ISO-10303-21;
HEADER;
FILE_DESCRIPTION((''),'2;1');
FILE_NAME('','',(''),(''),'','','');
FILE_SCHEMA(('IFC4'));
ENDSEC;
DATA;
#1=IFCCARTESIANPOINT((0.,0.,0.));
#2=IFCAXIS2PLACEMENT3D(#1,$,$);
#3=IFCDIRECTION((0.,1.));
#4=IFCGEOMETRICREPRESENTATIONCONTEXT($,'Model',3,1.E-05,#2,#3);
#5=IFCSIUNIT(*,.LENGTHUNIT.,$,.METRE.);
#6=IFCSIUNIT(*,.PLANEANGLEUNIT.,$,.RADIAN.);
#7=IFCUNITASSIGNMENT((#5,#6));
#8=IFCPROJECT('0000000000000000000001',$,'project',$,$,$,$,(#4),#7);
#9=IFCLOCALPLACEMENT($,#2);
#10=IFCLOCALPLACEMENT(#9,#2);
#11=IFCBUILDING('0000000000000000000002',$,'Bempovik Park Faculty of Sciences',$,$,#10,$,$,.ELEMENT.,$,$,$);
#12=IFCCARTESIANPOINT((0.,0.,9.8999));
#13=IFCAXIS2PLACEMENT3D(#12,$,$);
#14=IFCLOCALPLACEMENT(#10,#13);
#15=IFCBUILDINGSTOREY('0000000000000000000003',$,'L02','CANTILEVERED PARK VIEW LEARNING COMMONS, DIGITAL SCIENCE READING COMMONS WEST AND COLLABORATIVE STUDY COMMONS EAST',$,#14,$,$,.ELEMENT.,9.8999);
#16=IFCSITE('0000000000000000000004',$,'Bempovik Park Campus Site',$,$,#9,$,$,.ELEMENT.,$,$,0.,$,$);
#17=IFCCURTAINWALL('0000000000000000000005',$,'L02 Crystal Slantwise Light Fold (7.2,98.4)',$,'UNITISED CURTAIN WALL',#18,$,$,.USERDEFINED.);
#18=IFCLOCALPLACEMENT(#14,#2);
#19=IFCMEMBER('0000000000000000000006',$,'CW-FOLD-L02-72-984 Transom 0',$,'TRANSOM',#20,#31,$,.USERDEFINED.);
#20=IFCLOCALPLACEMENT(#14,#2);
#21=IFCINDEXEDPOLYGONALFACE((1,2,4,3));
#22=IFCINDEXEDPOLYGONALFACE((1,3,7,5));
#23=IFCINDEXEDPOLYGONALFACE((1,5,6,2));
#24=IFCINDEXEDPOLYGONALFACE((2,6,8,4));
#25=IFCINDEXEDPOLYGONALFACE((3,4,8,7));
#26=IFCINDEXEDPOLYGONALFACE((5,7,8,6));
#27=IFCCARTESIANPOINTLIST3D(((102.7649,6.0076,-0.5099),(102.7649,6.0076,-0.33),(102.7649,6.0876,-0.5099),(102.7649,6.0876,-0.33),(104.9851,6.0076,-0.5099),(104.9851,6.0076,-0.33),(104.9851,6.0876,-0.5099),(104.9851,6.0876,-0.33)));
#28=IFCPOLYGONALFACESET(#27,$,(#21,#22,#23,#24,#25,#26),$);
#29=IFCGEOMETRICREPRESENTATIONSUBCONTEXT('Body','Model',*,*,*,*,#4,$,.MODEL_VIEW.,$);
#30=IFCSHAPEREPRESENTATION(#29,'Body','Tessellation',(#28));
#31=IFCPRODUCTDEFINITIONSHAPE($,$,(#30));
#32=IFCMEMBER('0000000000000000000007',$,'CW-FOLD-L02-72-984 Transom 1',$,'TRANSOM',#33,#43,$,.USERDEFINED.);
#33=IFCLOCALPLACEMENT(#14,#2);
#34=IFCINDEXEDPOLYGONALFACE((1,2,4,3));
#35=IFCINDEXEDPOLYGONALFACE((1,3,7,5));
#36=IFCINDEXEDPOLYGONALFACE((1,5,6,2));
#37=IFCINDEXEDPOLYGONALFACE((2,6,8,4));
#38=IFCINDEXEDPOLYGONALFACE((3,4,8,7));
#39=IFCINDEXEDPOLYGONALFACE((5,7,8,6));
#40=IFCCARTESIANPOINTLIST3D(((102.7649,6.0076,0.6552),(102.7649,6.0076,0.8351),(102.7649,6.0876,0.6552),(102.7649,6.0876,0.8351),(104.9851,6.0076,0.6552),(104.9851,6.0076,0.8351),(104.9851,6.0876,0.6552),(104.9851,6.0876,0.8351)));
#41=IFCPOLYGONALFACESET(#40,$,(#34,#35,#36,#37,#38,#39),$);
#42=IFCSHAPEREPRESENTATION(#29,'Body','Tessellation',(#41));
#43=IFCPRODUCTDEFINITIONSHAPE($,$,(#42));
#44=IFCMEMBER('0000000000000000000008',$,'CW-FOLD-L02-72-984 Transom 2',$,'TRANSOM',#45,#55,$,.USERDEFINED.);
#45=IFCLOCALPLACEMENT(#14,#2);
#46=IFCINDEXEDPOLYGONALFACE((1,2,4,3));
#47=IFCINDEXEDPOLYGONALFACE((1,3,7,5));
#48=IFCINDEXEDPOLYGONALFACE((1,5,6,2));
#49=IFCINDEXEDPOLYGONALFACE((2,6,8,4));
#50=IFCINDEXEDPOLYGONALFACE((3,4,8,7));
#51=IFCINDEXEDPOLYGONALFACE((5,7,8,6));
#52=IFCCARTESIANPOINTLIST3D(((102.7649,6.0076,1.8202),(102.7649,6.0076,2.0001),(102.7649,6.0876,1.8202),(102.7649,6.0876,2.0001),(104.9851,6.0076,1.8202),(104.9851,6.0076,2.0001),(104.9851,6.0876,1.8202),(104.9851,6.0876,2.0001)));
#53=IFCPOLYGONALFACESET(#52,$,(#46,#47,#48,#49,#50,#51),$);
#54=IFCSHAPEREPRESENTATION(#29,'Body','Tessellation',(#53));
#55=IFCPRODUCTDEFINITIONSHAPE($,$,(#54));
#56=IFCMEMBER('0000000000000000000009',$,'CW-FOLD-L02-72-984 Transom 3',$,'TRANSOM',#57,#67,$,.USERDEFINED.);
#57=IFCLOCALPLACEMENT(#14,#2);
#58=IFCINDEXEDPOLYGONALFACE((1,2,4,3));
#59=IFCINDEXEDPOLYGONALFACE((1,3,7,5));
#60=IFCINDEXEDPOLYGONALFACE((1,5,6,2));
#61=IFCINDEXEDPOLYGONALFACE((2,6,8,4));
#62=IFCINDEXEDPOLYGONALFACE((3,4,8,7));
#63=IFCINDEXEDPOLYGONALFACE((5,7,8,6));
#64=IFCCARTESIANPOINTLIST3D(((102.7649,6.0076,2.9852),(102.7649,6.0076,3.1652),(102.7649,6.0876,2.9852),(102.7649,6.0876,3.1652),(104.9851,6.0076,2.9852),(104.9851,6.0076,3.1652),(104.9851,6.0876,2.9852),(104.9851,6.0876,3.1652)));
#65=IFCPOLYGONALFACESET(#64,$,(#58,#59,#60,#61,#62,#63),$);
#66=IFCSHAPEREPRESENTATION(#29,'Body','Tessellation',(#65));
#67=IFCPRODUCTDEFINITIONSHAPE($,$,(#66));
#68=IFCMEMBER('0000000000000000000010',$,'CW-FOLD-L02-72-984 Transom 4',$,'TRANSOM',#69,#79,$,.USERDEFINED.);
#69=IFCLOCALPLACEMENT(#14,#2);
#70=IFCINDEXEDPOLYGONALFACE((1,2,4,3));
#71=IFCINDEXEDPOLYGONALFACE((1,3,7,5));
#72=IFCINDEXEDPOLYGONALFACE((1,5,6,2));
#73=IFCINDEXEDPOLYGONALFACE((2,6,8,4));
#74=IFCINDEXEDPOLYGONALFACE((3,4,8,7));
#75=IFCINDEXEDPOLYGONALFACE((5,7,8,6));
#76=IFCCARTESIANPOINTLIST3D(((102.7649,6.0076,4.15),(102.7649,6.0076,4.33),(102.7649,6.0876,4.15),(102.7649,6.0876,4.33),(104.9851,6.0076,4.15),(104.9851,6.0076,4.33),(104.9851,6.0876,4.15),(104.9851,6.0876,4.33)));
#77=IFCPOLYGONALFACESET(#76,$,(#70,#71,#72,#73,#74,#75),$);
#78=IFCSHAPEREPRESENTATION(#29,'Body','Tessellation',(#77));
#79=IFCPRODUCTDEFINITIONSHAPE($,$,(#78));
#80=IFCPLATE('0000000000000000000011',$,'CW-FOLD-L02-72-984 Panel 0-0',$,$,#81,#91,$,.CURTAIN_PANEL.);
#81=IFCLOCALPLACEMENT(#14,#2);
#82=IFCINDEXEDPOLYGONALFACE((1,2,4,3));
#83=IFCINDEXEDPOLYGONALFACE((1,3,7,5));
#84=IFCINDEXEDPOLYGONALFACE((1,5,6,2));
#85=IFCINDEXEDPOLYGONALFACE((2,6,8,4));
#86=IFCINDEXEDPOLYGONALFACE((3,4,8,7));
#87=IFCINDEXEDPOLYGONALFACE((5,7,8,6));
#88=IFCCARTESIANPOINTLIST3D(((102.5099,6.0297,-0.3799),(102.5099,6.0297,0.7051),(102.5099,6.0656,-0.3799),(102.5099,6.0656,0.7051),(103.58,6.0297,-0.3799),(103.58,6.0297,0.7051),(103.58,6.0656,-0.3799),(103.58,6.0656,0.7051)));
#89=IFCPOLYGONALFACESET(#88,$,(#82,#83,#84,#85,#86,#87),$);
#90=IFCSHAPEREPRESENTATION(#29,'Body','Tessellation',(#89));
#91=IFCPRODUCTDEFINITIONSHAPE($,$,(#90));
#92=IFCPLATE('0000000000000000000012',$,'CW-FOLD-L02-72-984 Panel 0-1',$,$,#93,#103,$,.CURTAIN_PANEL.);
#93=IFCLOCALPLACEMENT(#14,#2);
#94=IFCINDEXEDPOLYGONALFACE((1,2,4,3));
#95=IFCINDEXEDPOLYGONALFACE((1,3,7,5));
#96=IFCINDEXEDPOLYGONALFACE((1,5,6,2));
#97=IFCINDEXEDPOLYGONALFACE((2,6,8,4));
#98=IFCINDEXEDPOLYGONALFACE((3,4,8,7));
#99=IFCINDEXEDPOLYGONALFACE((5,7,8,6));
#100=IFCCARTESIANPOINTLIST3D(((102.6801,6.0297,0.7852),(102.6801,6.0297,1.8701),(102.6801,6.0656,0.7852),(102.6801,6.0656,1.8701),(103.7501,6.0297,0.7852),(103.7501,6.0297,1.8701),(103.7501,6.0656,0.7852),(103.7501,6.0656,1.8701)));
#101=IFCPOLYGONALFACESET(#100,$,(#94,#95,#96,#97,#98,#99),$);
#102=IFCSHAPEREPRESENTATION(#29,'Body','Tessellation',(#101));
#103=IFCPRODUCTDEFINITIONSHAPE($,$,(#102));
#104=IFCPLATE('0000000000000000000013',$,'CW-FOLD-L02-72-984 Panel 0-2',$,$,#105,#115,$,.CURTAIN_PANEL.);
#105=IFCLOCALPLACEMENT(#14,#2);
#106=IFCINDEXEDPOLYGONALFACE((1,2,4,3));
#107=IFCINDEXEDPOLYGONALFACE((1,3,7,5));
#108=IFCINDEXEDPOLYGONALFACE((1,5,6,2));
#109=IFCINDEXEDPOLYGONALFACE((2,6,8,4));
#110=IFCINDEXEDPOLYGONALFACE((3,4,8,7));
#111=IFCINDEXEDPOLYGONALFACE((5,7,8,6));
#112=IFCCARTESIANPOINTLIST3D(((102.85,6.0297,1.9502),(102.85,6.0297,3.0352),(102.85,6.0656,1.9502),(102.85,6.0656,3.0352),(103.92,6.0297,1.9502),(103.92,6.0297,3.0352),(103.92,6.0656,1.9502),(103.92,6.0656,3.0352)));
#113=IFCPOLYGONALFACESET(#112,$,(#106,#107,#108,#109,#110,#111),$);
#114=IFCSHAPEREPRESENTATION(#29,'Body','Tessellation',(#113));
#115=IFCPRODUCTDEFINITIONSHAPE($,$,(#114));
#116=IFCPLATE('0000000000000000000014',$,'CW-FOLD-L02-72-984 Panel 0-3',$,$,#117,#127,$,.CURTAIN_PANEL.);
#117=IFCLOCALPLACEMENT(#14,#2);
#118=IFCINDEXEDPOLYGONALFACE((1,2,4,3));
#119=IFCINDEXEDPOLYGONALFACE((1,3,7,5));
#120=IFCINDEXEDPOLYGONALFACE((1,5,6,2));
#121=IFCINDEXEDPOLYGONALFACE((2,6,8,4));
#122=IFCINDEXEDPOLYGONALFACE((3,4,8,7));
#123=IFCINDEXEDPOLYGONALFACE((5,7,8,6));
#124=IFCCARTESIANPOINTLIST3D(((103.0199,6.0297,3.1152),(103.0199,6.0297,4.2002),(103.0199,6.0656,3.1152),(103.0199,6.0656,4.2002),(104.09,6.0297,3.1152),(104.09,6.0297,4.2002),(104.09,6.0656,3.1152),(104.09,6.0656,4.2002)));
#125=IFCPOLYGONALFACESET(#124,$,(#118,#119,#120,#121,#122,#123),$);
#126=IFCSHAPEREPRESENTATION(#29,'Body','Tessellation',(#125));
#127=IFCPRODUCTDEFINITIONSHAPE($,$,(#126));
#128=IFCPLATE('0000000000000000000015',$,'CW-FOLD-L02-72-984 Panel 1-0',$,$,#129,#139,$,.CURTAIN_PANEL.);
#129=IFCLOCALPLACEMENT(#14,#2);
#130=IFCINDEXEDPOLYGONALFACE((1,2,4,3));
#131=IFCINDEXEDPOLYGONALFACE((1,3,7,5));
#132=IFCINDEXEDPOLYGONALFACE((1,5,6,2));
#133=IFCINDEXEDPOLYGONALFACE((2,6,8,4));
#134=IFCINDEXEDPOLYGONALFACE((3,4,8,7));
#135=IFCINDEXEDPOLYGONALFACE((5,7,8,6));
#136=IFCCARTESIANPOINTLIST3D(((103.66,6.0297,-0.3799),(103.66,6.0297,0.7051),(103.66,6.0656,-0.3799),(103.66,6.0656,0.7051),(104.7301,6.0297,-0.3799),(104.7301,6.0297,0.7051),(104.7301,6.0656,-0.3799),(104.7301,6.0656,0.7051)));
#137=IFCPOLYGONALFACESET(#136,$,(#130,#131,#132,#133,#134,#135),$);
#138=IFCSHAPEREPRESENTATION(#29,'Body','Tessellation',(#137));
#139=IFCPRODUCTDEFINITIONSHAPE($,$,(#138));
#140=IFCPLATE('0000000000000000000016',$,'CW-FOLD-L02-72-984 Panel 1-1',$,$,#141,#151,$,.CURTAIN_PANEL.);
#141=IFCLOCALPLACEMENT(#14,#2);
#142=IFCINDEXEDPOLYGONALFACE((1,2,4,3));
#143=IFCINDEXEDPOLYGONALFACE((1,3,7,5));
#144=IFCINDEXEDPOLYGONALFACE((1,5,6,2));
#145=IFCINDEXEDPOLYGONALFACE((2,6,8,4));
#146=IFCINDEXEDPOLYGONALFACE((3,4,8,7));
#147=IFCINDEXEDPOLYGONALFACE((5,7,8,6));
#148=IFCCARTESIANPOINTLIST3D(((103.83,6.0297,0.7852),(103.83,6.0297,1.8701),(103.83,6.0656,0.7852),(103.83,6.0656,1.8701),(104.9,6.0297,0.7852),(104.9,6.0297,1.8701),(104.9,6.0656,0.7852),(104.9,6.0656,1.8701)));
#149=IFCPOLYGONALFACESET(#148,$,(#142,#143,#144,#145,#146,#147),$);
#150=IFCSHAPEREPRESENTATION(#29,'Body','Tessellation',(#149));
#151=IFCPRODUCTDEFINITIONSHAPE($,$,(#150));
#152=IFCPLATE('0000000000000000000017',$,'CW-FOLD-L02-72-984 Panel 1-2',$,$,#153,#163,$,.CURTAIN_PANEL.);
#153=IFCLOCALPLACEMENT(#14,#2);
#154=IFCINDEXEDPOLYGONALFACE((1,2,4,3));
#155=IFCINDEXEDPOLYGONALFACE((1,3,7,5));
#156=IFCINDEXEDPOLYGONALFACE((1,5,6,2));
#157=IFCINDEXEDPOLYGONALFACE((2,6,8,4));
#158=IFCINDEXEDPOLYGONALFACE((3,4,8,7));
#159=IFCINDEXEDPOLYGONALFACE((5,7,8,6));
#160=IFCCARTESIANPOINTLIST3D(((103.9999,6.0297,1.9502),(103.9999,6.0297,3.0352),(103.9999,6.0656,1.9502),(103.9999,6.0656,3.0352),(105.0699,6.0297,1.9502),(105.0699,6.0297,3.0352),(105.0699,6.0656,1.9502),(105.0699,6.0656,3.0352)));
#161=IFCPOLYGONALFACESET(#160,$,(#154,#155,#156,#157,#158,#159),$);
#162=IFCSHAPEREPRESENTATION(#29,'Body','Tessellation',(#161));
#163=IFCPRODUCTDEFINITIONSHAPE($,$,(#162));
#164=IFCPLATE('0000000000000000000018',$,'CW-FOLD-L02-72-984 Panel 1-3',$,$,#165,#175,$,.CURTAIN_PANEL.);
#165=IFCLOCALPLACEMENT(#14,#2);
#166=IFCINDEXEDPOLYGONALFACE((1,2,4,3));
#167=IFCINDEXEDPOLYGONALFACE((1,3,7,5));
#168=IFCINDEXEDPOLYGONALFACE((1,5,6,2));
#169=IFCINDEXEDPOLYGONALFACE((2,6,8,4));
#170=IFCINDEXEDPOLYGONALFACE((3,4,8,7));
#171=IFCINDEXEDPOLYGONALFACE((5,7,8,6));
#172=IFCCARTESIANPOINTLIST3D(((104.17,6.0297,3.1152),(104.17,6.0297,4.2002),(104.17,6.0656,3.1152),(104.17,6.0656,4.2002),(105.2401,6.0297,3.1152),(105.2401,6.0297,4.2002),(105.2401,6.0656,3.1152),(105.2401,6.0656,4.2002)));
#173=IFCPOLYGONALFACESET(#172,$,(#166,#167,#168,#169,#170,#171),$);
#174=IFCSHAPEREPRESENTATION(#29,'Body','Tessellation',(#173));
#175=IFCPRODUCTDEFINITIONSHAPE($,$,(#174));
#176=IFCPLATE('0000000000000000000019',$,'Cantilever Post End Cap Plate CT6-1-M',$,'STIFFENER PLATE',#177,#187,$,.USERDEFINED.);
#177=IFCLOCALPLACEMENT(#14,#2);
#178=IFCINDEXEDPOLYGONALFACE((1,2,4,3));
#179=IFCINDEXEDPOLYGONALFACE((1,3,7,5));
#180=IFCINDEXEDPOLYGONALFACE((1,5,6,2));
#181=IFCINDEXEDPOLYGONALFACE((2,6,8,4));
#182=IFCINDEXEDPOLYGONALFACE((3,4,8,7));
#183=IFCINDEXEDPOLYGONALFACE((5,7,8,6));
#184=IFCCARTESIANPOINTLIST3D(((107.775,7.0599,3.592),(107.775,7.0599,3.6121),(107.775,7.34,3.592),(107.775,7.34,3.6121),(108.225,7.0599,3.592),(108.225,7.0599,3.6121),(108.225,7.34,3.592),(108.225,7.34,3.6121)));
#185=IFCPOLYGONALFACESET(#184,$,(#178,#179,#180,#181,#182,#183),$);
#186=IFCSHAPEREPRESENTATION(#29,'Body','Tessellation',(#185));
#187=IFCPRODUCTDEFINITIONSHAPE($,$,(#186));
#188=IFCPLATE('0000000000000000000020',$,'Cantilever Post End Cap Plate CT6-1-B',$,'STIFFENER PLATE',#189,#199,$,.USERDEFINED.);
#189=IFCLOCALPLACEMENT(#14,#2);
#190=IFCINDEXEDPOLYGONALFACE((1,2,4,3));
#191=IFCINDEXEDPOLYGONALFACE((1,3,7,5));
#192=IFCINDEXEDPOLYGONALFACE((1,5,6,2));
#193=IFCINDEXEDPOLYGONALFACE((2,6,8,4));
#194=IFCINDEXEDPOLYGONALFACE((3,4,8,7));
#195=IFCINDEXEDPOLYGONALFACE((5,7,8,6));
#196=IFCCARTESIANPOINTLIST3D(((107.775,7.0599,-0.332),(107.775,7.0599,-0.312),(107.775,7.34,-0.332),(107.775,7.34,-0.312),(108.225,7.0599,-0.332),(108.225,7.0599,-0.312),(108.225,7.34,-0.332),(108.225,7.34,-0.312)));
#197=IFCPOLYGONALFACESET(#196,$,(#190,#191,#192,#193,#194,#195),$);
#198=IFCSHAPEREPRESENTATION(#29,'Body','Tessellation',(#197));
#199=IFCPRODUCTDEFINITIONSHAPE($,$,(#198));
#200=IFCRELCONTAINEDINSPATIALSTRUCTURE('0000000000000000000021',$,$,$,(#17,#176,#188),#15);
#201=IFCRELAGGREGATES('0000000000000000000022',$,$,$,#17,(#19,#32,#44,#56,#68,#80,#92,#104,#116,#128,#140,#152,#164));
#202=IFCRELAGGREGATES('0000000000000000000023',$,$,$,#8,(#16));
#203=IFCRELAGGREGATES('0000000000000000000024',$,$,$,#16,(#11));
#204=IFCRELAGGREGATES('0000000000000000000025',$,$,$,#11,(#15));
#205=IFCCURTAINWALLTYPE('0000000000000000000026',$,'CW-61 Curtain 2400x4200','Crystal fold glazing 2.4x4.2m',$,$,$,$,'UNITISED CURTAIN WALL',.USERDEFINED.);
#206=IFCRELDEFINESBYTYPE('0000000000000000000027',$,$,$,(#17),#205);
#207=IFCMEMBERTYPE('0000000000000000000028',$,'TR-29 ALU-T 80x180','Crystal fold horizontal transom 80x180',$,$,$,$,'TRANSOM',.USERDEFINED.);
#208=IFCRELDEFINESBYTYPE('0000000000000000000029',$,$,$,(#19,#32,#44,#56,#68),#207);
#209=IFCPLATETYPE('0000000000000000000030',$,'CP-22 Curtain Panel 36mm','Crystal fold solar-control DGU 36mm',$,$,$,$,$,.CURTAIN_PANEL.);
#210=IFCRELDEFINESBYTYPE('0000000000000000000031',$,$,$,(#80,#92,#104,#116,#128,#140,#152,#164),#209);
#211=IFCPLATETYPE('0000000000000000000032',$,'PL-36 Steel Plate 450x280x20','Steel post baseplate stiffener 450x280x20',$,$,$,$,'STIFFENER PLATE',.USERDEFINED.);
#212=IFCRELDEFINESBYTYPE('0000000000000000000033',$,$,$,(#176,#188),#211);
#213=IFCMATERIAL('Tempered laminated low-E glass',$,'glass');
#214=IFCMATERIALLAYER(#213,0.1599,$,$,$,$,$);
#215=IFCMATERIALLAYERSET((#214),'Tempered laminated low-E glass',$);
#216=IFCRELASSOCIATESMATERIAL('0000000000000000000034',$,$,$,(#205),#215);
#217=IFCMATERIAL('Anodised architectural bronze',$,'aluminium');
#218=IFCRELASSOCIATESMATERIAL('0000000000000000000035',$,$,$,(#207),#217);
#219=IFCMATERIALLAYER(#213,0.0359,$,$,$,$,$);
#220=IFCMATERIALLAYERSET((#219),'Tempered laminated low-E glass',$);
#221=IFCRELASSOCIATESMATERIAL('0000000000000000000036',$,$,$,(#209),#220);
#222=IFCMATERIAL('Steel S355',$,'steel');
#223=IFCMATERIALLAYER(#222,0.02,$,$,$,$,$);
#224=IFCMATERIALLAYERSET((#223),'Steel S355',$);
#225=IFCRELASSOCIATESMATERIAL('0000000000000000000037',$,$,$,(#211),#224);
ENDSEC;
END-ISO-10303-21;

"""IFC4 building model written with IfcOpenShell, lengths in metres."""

from ifc_helpers import new_model, si_unit, direction, frame, origin, origin_2d, place, context, subcontext, project, spatial, rectangle, extrude, material, layer, layer_set, material_profile, profile_set, type_object, element, aggregate, save


model = new_model("IFC4")

# Units and contexts
model_context = context("Model", 3, precision=1e-05, world=origin(), true_north=direction((0.0, 1.0)))
body_context = subcontext(model_context, "Body", "Model", "MODEL_VIEW")
ifc_project = project(units=[si_unit("LENGTHUNIT", "METRE"), si_unit("PLANEANGLEUNIT", "RADIAN")], contexts=[model_context])

# Site, building, storey
site_placement = place(None, origin())
site = spatial("IfcSite", under=ifc_project, at=site_placement, Name="Bempovik Park Campus Site", CompositionType="ELEMENT", RefElevation=0.0)
building_placement = place(site_placement, origin())
building = spatial("IfcBuilding", under=site, at=building_placement, Name="Bempovik Park Faculty of Sciences", CompositionType="ELEMENT")
storey_placement = place(building_placement, frame((0.0, 0.0, 9.8999)))
storey = spatial("IfcBuildingStorey", under=building, at=storey_placement, Name="L02", Description="CANTILEVERED PARK VIEW LEARNING COMMONS, DIGITAL SCIENCE READING COMMONS WEST AND COLLABORATIVE STUDY COMMONS EAST", CompositionType="ELEMENT", Elevation=9.8999)

# Shared definitions
ifc_material_1 = material(Name="Steel S355", Category="steel")

# Curtain wall, members, plates
ifc_material_2 = material(Name="Tempered laminated low-E glass", Category="glass")
ifc_layer_1 = layer(ifc_material_2, 0.1599)
ifc_layer_set_1 = layer_set([ifc_layer_1], Name="Tempered laminated low-E glass")
curtain_wall_type = type_object("IfcCurtainWallType", Name="CW-61 Curtain 2400x4200", Description="Crystal fold glazing 2.4x4.2m", ElementType="UNITISED CURTAIN WALL", PredefinedType="USERDEFINED", material=ifc_layer_set_1)
curtain_wall_placement = place(storey_placement, origin())
curtain_wall = element("IfcCurtainWall", 1, at=curtain_wall_placement, inside=storey, type_object=curtain_wall_type, Name="L02 Crystal Slantwise Light Fold (7.2,98.4)", ObjectType="UNITISED CURTAIN WALL", PredefinedType="USERDEFINED")
ifc_material_3 = material(Name="Anodised architectural bronze", Category="aluminium")
ifc_material_profile_1 = material_profile(ifc_material_3, rectangle(XDim=0.0801, YDim=0.1799, at=origin_2d()), Name="ALU-T 80x180")
ifc_profile_set_1 = profile_set([ifc_material_profile_1], Name="Anodised architectural bronze")
member_type_1 = type_object("IfcMemberType", Name="TR-29 ALU-T 80x180", Description="Crystal fold horizontal transom 80x180", ElementType="TRANSOM", PredefinedType="USERDEFINED", material=ifc_profile_set_1)
member_1_placement = place(storey_placement, frame((102.7649, 6.0476, -0.4199), z_axis=(1.0, 0.0, 0.0), x_axis=(0.0, 1.0, 0.0)))
member_1 = element("IfcMember", 2, at=member_1_placement, type_object=member_type_1, Name="CW-FOLD-L02-72-984 Transom 0", ObjectType="TRANSOM", PredefinedType="USERDEFINED", context=body_context, shape_type="SweptSolid", body=[
    extrude(rectangle(XDim=0.0801, YDim=0.1799, at=origin_2d()), origin(), (0.0, 0.0, 1.0), 2.2202),
])
member_2_placement = place(storey_placement, frame((102.7649, 6.0476, 0.7451), z_axis=(1.0, 0.0, 0.0), x_axis=(0.0, 1.0, 0.0)))
member_2 = element("IfcMember", 3, at=member_2_placement, type_object=member_type_1, Name="CW-FOLD-L02-72-984 Transom 1", ObjectType="TRANSOM", PredefinedType="USERDEFINED", context=body_context, shape_type="SweptSolid", body=[
    extrude(rectangle(XDim=0.0801, YDim=0.1799, at=origin_2d()), origin(), (0.0, 0.0, 1.0), 2.2202),
])
member_3_placement = place(storey_placement, frame((102.7649, 6.0476, 1.9102), z_axis=(1.0, 0.0, 0.0), x_axis=(0.0, 1.0, 0.0)))
member_3 = element("IfcMember", 4, at=member_3_placement, type_object=member_type_1, Name="CW-FOLD-L02-72-984 Transom 2", ObjectType="TRANSOM", PredefinedType="USERDEFINED", context=body_context, shape_type="SweptSolid", body=[
    extrude(rectangle(XDim=0.0801, YDim=0.1799, at=origin_2d()), origin(), (0.0, 0.0, 1.0), 2.2202),
])
member_4_placement = place(storey_placement, frame((102.7649, 6.0476, 3.0752), z_axis=(1.0, 0.0, 0.0), x_axis=(0.0, 1.0, 0.0)))
member_4 = element("IfcMember", 5, at=member_4_placement, type_object=member_type_1, Name="CW-FOLD-L02-72-984 Transom 3", ObjectType="TRANSOM", PredefinedType="USERDEFINED", context=body_context, shape_type="SweptSolid", body=[
    extrude(rectangle(XDim=0.0801, YDim=0.1799, at=origin_2d()), origin(), (0.0, 0.0, 1.0), 2.2202),
])
member_5_placement = place(storey_placement, frame((102.7649, 6.0476, 4.24), z_axis=(1.0, 0.0, 0.0), x_axis=(0.0, 1.0, 0.0)))
member_5 = element("IfcMember", 6, at=member_5_placement, type_object=member_type_1, Name="CW-FOLD-L02-72-984 Transom 4", ObjectType="TRANSOM", PredefinedType="USERDEFINED", context=body_context, shape_type="SweptSolid", body=[
    extrude(rectangle(XDim=0.0801, YDim=0.1799, at=origin_2d()), origin(), (0.0, 0.0, 1.0), 2.2202),
])
ifc_layer_2 = layer(ifc_material_2, 0.0359)
ifc_layer_set_2 = layer_set([ifc_layer_2], Name="Tempered laminated low-E glass")
plate_type_1 = type_object("IfcPlateType", Name="CP-22 Curtain Panel 36mm", Description="Crystal fold solar-control DGU 36mm", PredefinedType="CURTAIN_PANEL", material=ifc_layer_set_2)
plate_1_placement = place(storey_placement, frame((103.0449, 6.0476, -0.3799), z_axis=(0.0, 0.0, 1.0), x_axis=(1.0, 0.0, 0.0)))
plate_1 = element("IfcPlate", 7, at=plate_1_placement, type_object=plate_type_1, Name="CW-FOLD-L02-72-984 Panel 0-0", PredefinedType="CURTAIN_PANEL", context=body_context, shape_type="SweptSolid", body=[
    extrude(rectangle(XDim=1.0701, YDim=0.0359, at=origin_2d()), origin(), (0.0, 0.0, 1.0), 1.085),
])
plate_2_placement = place(storey_placement, frame((103.2151, 6.0476, 0.7852), z_axis=(0.0, 0.0, 1.0), x_axis=(1.0, 0.0, 0.0)))
plate_2 = element("IfcPlate", 8, at=plate_2_placement, type_object=plate_type_1, Name="CW-FOLD-L02-72-984 Panel 0-1", PredefinedType="CURTAIN_PANEL", context=body_context, shape_type="SweptSolid", body=[
    extrude(rectangle(XDim=1.0701, YDim=0.0359, at=origin_2d()), origin(), (0.0, 0.0, 1.0), 1.085),
])
plate_3_placement = place(storey_placement, frame((103.385, 6.0476, 1.9502), z_axis=(0.0, 0.0, 1.0), x_axis=(1.0, 0.0, 0.0)))
plate_3 = element("IfcPlate", 9, at=plate_3_placement, type_object=plate_type_1, Name="CW-FOLD-L02-72-984 Panel 0-2", PredefinedType="CURTAIN_PANEL", context=body_context, shape_type="SweptSolid", body=[
    extrude(rectangle(XDim=1.0701, YDim=0.0359, at=origin_2d()), origin(), (0.0, 0.0, 1.0), 1.085),
])
plate_4_placement = place(storey_placement, frame((103.5549, 6.0476, 3.1152), z_axis=(0.0, 0.0, 1.0), x_axis=(1.0, 0.0, 0.0)))
plate_4 = element("IfcPlate", 10, at=plate_4_placement, type_object=plate_type_1, Name="CW-FOLD-L02-72-984 Panel 0-3", PredefinedType="CURTAIN_PANEL", context=body_context, shape_type="SweptSolid", body=[
    extrude(rectangle(XDim=1.0701, YDim=0.0359, at=origin_2d()), origin(), (0.0, 0.0, 1.0), 1.085),
])
plate_5_placement = place(storey_placement, frame((104.1951, 6.0476, -0.3799), z_axis=(0.0, 0.0, 1.0), x_axis=(1.0, 0.0, 0.0)))
plate_5 = element("IfcPlate", 11, at=plate_5_placement, type_object=plate_type_1, Name="CW-FOLD-L02-72-984 Panel 1-0", PredefinedType="CURTAIN_PANEL", context=body_context, shape_type="SweptSolid", body=[
    extrude(rectangle(XDim=1.0701, YDim=0.0359, at=origin_2d()), origin(), (0.0, 0.0, 1.0), 1.085),
])
plate_6_placement = place(storey_placement, frame((104.365, 6.0476, 0.7852), z_axis=(0.0, 0.0, 1.0), x_axis=(1.0, 0.0, 0.0)))
plate_6 = element("IfcPlate", 12, at=plate_6_placement, type_object=plate_type_1, Name="CW-FOLD-L02-72-984 Panel 1-1", PredefinedType="CURTAIN_PANEL", context=body_context, shape_type="SweptSolid", body=[
    extrude(rectangle(XDim=1.0701, YDim=0.0359, at=origin_2d()), origin(), (0.0, 0.0, 1.0), 1.085),
])
plate_7_placement = place(storey_placement, frame((104.5349, 6.0476, 1.9502), z_axis=(0.0, 0.0, 1.0), x_axis=(1.0, 0.0, 0.0)))
plate_7 = element("IfcPlate", 13, at=plate_7_placement, type_object=plate_type_1, Name="CW-FOLD-L02-72-984 Panel 1-2", PredefinedType="CURTAIN_PANEL", context=body_context, shape_type="SweptSolid", body=[
    extrude(rectangle(XDim=1.0701, YDim=0.0359, at=origin_2d()), origin(), (0.0, 0.0, 1.0), 1.085),
])
plate_8_placement = place(storey_placement, frame((104.7051, 6.0476, 3.1152), z_axis=(0.0, 0.0, 1.0), x_axis=(1.0, 0.0, 0.0)))
plate_8 = element("IfcPlate", 14, at=plate_8_placement, type_object=plate_type_1, Name="CW-FOLD-L02-72-984 Panel 1-3", PredefinedType="CURTAIN_PANEL", context=body_context, shape_type="SweptSolid", body=[
    extrude(rectangle(XDim=1.0701, YDim=0.0359, at=origin_2d()), origin(), (0.0, 0.0, 1.0), 1.085),
])
aggregate(curtain_wall, [member_1, member_2, member_3, member_4, member_5, plate_1, plate_2, plate_3, plate_4, plate_5, plate_6, plate_7, plate_8])

# Plates
ifc_layer_3 = layer(ifc_material_1, 0.02)
ifc_layer_set_3 = layer_set([ifc_layer_3], Name="Steel S355")
plate_type_2 = type_object("IfcPlateType", Name="PL-36 Steel Plate 450x280x20", Description="Steel post baseplate stiffener 450x280x20", ElementType="STIFFENER PLATE", PredefinedType="USERDEFINED", material=ifc_layer_set_3)
for number, where, z_axis, x_axis, name in (
    (15, (108.0, 7.2, 3.592), (0.0, 0.0, 1.0), (1.0, 0.0, 0.0), "Cantilever Post End Cap Plate CT6-1-M"),
    (16, (108.0, 7.2, -0.332), (0.0, 0.0, 1.0), (1.0, 0.0, 0.0), "Cantilever Post End Cap Plate CT6-1-B"),
):
    element("IfcPlate", number, at=place(storey_placement, frame(where, z_axis=z_axis, x_axis=x_axis)), inside=storey, type_object=plate_type_2, Name=name, ObjectType="STIFFENER PLATE", PredefinedType="USERDEFINED", context=body_context, shape_type="SweptSolid", body=[
        extrude(rectangle(XDim=0.45, YDim=0.28, at=origin_2d()), origin(), (0.0, 0.0, 1.0), 0.02),
    ])

save(model, "model.ifc")
